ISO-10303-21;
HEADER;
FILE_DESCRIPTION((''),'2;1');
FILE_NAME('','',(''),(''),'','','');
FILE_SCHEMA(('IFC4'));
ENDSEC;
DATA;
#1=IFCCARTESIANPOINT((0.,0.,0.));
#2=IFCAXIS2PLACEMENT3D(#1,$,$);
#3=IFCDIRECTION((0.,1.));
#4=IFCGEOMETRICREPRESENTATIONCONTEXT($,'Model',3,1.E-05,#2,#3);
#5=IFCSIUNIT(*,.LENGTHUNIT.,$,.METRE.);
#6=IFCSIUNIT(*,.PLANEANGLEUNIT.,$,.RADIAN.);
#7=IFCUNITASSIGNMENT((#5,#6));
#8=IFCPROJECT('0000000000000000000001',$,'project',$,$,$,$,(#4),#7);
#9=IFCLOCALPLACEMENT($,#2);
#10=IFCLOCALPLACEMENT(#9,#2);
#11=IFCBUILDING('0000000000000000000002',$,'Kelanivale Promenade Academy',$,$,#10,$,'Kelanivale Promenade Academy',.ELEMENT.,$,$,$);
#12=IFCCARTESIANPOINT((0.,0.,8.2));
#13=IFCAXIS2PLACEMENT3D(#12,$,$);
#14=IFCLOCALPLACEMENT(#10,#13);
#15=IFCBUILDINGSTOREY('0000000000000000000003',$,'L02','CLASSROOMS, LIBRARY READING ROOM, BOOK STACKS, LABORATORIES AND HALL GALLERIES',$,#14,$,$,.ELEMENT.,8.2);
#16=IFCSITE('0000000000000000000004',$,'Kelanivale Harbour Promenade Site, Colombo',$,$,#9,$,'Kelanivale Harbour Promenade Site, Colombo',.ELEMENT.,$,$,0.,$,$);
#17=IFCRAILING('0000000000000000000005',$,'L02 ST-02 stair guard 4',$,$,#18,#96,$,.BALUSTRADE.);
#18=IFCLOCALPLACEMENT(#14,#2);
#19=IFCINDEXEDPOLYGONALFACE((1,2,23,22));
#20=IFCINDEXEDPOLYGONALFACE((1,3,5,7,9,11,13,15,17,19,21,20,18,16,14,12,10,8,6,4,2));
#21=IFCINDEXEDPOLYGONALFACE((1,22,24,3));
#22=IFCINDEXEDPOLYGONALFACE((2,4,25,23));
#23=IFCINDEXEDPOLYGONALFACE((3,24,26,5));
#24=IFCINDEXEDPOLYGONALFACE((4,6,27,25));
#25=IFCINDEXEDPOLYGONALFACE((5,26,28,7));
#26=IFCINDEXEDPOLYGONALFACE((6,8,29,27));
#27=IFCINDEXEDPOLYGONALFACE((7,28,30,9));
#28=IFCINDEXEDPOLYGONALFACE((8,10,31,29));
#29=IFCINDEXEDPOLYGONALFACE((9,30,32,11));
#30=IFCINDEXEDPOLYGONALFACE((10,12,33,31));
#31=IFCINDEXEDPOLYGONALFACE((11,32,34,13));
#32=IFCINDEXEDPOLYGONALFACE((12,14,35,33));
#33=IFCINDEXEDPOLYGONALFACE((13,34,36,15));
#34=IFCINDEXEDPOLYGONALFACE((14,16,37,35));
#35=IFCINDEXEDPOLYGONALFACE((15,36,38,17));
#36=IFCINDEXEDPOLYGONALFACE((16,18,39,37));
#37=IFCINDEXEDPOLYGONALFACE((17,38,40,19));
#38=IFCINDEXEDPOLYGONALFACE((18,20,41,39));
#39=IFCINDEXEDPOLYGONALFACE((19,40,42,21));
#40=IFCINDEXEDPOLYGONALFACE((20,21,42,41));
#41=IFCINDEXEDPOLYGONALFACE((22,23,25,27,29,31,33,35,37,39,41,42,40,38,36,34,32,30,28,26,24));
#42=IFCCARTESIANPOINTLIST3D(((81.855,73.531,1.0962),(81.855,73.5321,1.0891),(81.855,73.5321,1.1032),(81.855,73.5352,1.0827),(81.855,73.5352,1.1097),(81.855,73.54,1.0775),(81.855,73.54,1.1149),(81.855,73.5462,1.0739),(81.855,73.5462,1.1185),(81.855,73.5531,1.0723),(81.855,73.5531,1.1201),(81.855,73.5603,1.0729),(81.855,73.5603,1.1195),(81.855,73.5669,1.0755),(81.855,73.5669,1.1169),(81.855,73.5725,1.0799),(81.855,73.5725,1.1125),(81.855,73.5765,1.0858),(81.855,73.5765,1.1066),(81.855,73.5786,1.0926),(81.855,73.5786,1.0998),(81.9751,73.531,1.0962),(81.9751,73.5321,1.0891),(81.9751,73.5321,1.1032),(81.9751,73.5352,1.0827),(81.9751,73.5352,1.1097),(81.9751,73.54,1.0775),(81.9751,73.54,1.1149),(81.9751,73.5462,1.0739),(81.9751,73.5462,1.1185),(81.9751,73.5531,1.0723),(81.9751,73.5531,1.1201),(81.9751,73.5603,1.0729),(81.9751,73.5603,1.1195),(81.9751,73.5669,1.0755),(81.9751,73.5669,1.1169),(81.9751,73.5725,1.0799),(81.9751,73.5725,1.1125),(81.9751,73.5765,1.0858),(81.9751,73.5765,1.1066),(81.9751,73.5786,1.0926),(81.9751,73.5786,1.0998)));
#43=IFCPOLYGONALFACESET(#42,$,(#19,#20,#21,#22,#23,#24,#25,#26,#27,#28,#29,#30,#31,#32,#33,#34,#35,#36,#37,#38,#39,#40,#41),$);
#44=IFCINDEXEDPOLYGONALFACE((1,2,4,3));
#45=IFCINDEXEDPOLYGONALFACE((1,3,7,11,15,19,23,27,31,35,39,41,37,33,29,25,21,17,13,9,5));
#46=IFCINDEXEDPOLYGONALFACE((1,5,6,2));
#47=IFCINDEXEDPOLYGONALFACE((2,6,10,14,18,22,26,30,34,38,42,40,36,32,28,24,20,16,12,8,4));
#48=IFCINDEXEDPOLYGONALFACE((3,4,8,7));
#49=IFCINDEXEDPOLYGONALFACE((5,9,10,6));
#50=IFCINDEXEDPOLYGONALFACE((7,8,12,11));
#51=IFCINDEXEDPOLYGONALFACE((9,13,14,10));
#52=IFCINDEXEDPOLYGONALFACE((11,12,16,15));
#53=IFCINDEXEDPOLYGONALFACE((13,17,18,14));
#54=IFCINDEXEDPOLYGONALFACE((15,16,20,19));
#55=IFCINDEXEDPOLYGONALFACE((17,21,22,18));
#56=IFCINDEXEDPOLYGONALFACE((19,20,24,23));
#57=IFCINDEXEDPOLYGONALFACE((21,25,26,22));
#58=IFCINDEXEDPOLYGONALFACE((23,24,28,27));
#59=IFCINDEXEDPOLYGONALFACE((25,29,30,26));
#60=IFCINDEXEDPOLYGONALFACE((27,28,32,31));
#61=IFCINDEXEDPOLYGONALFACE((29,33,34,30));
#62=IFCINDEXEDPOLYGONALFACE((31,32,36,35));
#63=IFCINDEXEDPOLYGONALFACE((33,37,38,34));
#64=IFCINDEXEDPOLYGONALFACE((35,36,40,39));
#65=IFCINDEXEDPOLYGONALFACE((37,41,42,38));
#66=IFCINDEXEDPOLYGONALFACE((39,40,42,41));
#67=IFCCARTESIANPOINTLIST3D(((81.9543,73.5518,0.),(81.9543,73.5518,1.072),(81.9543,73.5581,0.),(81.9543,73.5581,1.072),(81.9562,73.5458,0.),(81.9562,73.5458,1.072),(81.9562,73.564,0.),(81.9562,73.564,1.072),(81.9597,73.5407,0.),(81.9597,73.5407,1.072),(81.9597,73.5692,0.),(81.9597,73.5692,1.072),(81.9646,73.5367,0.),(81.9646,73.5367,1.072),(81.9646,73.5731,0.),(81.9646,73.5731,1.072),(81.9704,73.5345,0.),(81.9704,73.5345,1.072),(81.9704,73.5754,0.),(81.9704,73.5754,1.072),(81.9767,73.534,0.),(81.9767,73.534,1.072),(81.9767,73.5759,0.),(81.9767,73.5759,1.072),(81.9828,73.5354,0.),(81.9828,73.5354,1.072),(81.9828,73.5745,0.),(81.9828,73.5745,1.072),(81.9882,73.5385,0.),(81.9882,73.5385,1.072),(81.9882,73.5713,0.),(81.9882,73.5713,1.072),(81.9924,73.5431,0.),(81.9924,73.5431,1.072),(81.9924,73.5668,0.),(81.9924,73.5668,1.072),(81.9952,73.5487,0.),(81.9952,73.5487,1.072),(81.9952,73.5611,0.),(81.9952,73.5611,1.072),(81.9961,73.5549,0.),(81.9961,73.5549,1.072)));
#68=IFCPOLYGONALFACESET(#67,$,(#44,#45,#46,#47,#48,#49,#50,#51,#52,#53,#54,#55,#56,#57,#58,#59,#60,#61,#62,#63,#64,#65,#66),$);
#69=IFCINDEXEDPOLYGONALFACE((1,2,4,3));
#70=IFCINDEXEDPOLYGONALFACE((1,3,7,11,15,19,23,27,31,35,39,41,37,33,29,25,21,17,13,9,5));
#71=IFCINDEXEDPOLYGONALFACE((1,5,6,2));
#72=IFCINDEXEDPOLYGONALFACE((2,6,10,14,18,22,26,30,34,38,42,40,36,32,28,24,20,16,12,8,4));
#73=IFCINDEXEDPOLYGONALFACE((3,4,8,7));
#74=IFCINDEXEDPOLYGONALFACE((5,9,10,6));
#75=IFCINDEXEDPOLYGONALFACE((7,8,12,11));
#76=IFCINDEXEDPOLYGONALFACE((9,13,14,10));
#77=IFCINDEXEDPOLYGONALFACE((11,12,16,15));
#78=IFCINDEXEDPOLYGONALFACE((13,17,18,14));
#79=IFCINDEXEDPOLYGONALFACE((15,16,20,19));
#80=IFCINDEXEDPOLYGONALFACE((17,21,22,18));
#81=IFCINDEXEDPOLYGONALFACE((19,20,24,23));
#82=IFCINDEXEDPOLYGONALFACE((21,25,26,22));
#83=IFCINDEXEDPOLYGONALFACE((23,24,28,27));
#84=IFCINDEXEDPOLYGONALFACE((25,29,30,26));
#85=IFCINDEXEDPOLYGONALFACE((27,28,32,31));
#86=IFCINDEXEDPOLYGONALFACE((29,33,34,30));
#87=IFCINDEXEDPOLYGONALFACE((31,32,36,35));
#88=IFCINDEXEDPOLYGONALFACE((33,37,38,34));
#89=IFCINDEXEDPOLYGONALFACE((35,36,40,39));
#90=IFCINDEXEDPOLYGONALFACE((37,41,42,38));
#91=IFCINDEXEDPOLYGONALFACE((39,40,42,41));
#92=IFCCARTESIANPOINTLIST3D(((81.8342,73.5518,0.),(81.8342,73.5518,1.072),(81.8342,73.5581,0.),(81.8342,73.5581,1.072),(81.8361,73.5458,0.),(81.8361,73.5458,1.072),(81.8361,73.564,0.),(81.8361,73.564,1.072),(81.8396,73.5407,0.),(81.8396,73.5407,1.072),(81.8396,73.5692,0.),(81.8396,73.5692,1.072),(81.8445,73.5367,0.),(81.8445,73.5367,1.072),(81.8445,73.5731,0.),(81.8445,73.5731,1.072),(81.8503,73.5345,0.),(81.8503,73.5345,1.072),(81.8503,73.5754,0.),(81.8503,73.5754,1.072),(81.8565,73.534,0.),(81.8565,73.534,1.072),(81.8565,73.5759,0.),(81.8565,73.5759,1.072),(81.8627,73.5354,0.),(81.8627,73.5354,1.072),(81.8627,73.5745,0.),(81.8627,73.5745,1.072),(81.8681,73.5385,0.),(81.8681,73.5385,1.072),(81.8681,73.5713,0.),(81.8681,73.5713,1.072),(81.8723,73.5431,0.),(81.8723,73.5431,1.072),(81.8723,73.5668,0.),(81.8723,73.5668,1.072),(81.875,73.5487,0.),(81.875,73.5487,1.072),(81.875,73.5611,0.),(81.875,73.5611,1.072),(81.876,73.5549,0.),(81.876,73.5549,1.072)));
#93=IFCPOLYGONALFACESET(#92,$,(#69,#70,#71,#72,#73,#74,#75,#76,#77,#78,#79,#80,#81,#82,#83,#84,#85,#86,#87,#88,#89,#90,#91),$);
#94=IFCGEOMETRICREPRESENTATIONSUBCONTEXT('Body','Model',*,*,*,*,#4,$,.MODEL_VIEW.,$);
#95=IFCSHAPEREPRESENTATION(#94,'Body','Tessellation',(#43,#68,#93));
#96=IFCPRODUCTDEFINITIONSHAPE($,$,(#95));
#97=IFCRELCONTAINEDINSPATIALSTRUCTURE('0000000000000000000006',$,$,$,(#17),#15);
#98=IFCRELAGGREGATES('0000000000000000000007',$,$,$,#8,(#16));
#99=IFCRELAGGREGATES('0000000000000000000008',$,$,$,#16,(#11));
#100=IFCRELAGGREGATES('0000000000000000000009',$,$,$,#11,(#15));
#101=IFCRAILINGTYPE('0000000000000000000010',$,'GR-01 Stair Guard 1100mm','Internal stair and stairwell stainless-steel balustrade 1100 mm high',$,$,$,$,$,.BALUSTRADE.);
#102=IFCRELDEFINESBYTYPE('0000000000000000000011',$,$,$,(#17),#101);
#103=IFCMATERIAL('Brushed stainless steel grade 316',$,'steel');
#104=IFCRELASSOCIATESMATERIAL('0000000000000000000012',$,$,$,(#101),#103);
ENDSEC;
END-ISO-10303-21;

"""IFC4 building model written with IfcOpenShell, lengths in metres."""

from ifc_helpers import new_model, si_unit, direction, frame, origin, origin_2d, place, context, subcontext, project, spatial, circle, extrude, material, type_object, element, save


model = new_model("IFC4")

# Units and contexts
model_context = context("Model", 3, precision=1e-05, world=origin(), true_north=direction((0.0, 1.0)))
body_context = subcontext(model_context, "Body", "Model", "MODEL_VIEW")
ifc_project = project(units=[si_unit("LENGTHUNIT", "METRE"), si_unit("PLANEANGLEUNIT", "RADIAN")], contexts=[model_context])

# Site, building, storey
site_placement = place(None, origin())
site = spatial("IfcSite", under=ifc_project, at=site_placement, Name="Kelanivale Harbour Promenade Site, Colombo", LongName="Kelanivale Harbour Promenade Site, Colombo", CompositionType="ELEMENT", RefElevation=0.0)
building_placement = place(site_placement, origin())
building = spatial("IfcBuilding", under=site, at=building_placement, Name="Kelanivale Promenade Academy", LongName="Kelanivale Promenade Academy", CompositionType="ELEMENT")
storey_placement = place(building_placement, frame((0.0, 0.0, 8.2)))
storey = spatial("IfcBuildingStorey", under=building, at=storey_placement, Name="L02", Description="CLASSROOMS, LIBRARY READING ROOM, BOOK STACKS, LABORATORIES AND HALL GALLERIES", CompositionType="ELEMENT", Elevation=8.2)

# Railing
ifc_material_1 = material(Name="Brushed stainless steel grade 316", Category="steel")
railing_type_1 = type_object("IfcRailingType", Name="GR-01 Stair Guard 1100mm", Description="Internal stair and stairwell stainless-steel balustrade 1100 mm high", PredefinedType="BALUSTRADE", material=ifc_material_1)
railing_1_placement = place(storey_placement, frame((81.9751, 73.5549, 0.0)))
element("IfcRailing", 1, at=railing_1_placement, inside=storey, type_object=railing_type_1, Name="L02 ST-02 stair guard 4", PredefinedType="BALUSTRADE", context=body_context, shape_type="SweptSolid", body=[
    extrude(circle(Radius=0.0239, at=origin_2d()), frame((0.0, 0.0, 1.0962), z_axis=(-1.0, 0.0, 0.0), x_axis=(0.0, -1.0, 0.0)), (0.0, 0.0, 1.0), 0.1201),
    extrude(circle(Radius=0.021, at=origin_2d()), origin(), (0.0, 0.0, 1.0), 1.072),
    extrude(circle(Radius=0.021, at=origin_2d()), frame((-0.1201, 0.0, 0.0)), (0.0, 0.0, 1.0), 1.072),
])

save(model, "model.ifc")
